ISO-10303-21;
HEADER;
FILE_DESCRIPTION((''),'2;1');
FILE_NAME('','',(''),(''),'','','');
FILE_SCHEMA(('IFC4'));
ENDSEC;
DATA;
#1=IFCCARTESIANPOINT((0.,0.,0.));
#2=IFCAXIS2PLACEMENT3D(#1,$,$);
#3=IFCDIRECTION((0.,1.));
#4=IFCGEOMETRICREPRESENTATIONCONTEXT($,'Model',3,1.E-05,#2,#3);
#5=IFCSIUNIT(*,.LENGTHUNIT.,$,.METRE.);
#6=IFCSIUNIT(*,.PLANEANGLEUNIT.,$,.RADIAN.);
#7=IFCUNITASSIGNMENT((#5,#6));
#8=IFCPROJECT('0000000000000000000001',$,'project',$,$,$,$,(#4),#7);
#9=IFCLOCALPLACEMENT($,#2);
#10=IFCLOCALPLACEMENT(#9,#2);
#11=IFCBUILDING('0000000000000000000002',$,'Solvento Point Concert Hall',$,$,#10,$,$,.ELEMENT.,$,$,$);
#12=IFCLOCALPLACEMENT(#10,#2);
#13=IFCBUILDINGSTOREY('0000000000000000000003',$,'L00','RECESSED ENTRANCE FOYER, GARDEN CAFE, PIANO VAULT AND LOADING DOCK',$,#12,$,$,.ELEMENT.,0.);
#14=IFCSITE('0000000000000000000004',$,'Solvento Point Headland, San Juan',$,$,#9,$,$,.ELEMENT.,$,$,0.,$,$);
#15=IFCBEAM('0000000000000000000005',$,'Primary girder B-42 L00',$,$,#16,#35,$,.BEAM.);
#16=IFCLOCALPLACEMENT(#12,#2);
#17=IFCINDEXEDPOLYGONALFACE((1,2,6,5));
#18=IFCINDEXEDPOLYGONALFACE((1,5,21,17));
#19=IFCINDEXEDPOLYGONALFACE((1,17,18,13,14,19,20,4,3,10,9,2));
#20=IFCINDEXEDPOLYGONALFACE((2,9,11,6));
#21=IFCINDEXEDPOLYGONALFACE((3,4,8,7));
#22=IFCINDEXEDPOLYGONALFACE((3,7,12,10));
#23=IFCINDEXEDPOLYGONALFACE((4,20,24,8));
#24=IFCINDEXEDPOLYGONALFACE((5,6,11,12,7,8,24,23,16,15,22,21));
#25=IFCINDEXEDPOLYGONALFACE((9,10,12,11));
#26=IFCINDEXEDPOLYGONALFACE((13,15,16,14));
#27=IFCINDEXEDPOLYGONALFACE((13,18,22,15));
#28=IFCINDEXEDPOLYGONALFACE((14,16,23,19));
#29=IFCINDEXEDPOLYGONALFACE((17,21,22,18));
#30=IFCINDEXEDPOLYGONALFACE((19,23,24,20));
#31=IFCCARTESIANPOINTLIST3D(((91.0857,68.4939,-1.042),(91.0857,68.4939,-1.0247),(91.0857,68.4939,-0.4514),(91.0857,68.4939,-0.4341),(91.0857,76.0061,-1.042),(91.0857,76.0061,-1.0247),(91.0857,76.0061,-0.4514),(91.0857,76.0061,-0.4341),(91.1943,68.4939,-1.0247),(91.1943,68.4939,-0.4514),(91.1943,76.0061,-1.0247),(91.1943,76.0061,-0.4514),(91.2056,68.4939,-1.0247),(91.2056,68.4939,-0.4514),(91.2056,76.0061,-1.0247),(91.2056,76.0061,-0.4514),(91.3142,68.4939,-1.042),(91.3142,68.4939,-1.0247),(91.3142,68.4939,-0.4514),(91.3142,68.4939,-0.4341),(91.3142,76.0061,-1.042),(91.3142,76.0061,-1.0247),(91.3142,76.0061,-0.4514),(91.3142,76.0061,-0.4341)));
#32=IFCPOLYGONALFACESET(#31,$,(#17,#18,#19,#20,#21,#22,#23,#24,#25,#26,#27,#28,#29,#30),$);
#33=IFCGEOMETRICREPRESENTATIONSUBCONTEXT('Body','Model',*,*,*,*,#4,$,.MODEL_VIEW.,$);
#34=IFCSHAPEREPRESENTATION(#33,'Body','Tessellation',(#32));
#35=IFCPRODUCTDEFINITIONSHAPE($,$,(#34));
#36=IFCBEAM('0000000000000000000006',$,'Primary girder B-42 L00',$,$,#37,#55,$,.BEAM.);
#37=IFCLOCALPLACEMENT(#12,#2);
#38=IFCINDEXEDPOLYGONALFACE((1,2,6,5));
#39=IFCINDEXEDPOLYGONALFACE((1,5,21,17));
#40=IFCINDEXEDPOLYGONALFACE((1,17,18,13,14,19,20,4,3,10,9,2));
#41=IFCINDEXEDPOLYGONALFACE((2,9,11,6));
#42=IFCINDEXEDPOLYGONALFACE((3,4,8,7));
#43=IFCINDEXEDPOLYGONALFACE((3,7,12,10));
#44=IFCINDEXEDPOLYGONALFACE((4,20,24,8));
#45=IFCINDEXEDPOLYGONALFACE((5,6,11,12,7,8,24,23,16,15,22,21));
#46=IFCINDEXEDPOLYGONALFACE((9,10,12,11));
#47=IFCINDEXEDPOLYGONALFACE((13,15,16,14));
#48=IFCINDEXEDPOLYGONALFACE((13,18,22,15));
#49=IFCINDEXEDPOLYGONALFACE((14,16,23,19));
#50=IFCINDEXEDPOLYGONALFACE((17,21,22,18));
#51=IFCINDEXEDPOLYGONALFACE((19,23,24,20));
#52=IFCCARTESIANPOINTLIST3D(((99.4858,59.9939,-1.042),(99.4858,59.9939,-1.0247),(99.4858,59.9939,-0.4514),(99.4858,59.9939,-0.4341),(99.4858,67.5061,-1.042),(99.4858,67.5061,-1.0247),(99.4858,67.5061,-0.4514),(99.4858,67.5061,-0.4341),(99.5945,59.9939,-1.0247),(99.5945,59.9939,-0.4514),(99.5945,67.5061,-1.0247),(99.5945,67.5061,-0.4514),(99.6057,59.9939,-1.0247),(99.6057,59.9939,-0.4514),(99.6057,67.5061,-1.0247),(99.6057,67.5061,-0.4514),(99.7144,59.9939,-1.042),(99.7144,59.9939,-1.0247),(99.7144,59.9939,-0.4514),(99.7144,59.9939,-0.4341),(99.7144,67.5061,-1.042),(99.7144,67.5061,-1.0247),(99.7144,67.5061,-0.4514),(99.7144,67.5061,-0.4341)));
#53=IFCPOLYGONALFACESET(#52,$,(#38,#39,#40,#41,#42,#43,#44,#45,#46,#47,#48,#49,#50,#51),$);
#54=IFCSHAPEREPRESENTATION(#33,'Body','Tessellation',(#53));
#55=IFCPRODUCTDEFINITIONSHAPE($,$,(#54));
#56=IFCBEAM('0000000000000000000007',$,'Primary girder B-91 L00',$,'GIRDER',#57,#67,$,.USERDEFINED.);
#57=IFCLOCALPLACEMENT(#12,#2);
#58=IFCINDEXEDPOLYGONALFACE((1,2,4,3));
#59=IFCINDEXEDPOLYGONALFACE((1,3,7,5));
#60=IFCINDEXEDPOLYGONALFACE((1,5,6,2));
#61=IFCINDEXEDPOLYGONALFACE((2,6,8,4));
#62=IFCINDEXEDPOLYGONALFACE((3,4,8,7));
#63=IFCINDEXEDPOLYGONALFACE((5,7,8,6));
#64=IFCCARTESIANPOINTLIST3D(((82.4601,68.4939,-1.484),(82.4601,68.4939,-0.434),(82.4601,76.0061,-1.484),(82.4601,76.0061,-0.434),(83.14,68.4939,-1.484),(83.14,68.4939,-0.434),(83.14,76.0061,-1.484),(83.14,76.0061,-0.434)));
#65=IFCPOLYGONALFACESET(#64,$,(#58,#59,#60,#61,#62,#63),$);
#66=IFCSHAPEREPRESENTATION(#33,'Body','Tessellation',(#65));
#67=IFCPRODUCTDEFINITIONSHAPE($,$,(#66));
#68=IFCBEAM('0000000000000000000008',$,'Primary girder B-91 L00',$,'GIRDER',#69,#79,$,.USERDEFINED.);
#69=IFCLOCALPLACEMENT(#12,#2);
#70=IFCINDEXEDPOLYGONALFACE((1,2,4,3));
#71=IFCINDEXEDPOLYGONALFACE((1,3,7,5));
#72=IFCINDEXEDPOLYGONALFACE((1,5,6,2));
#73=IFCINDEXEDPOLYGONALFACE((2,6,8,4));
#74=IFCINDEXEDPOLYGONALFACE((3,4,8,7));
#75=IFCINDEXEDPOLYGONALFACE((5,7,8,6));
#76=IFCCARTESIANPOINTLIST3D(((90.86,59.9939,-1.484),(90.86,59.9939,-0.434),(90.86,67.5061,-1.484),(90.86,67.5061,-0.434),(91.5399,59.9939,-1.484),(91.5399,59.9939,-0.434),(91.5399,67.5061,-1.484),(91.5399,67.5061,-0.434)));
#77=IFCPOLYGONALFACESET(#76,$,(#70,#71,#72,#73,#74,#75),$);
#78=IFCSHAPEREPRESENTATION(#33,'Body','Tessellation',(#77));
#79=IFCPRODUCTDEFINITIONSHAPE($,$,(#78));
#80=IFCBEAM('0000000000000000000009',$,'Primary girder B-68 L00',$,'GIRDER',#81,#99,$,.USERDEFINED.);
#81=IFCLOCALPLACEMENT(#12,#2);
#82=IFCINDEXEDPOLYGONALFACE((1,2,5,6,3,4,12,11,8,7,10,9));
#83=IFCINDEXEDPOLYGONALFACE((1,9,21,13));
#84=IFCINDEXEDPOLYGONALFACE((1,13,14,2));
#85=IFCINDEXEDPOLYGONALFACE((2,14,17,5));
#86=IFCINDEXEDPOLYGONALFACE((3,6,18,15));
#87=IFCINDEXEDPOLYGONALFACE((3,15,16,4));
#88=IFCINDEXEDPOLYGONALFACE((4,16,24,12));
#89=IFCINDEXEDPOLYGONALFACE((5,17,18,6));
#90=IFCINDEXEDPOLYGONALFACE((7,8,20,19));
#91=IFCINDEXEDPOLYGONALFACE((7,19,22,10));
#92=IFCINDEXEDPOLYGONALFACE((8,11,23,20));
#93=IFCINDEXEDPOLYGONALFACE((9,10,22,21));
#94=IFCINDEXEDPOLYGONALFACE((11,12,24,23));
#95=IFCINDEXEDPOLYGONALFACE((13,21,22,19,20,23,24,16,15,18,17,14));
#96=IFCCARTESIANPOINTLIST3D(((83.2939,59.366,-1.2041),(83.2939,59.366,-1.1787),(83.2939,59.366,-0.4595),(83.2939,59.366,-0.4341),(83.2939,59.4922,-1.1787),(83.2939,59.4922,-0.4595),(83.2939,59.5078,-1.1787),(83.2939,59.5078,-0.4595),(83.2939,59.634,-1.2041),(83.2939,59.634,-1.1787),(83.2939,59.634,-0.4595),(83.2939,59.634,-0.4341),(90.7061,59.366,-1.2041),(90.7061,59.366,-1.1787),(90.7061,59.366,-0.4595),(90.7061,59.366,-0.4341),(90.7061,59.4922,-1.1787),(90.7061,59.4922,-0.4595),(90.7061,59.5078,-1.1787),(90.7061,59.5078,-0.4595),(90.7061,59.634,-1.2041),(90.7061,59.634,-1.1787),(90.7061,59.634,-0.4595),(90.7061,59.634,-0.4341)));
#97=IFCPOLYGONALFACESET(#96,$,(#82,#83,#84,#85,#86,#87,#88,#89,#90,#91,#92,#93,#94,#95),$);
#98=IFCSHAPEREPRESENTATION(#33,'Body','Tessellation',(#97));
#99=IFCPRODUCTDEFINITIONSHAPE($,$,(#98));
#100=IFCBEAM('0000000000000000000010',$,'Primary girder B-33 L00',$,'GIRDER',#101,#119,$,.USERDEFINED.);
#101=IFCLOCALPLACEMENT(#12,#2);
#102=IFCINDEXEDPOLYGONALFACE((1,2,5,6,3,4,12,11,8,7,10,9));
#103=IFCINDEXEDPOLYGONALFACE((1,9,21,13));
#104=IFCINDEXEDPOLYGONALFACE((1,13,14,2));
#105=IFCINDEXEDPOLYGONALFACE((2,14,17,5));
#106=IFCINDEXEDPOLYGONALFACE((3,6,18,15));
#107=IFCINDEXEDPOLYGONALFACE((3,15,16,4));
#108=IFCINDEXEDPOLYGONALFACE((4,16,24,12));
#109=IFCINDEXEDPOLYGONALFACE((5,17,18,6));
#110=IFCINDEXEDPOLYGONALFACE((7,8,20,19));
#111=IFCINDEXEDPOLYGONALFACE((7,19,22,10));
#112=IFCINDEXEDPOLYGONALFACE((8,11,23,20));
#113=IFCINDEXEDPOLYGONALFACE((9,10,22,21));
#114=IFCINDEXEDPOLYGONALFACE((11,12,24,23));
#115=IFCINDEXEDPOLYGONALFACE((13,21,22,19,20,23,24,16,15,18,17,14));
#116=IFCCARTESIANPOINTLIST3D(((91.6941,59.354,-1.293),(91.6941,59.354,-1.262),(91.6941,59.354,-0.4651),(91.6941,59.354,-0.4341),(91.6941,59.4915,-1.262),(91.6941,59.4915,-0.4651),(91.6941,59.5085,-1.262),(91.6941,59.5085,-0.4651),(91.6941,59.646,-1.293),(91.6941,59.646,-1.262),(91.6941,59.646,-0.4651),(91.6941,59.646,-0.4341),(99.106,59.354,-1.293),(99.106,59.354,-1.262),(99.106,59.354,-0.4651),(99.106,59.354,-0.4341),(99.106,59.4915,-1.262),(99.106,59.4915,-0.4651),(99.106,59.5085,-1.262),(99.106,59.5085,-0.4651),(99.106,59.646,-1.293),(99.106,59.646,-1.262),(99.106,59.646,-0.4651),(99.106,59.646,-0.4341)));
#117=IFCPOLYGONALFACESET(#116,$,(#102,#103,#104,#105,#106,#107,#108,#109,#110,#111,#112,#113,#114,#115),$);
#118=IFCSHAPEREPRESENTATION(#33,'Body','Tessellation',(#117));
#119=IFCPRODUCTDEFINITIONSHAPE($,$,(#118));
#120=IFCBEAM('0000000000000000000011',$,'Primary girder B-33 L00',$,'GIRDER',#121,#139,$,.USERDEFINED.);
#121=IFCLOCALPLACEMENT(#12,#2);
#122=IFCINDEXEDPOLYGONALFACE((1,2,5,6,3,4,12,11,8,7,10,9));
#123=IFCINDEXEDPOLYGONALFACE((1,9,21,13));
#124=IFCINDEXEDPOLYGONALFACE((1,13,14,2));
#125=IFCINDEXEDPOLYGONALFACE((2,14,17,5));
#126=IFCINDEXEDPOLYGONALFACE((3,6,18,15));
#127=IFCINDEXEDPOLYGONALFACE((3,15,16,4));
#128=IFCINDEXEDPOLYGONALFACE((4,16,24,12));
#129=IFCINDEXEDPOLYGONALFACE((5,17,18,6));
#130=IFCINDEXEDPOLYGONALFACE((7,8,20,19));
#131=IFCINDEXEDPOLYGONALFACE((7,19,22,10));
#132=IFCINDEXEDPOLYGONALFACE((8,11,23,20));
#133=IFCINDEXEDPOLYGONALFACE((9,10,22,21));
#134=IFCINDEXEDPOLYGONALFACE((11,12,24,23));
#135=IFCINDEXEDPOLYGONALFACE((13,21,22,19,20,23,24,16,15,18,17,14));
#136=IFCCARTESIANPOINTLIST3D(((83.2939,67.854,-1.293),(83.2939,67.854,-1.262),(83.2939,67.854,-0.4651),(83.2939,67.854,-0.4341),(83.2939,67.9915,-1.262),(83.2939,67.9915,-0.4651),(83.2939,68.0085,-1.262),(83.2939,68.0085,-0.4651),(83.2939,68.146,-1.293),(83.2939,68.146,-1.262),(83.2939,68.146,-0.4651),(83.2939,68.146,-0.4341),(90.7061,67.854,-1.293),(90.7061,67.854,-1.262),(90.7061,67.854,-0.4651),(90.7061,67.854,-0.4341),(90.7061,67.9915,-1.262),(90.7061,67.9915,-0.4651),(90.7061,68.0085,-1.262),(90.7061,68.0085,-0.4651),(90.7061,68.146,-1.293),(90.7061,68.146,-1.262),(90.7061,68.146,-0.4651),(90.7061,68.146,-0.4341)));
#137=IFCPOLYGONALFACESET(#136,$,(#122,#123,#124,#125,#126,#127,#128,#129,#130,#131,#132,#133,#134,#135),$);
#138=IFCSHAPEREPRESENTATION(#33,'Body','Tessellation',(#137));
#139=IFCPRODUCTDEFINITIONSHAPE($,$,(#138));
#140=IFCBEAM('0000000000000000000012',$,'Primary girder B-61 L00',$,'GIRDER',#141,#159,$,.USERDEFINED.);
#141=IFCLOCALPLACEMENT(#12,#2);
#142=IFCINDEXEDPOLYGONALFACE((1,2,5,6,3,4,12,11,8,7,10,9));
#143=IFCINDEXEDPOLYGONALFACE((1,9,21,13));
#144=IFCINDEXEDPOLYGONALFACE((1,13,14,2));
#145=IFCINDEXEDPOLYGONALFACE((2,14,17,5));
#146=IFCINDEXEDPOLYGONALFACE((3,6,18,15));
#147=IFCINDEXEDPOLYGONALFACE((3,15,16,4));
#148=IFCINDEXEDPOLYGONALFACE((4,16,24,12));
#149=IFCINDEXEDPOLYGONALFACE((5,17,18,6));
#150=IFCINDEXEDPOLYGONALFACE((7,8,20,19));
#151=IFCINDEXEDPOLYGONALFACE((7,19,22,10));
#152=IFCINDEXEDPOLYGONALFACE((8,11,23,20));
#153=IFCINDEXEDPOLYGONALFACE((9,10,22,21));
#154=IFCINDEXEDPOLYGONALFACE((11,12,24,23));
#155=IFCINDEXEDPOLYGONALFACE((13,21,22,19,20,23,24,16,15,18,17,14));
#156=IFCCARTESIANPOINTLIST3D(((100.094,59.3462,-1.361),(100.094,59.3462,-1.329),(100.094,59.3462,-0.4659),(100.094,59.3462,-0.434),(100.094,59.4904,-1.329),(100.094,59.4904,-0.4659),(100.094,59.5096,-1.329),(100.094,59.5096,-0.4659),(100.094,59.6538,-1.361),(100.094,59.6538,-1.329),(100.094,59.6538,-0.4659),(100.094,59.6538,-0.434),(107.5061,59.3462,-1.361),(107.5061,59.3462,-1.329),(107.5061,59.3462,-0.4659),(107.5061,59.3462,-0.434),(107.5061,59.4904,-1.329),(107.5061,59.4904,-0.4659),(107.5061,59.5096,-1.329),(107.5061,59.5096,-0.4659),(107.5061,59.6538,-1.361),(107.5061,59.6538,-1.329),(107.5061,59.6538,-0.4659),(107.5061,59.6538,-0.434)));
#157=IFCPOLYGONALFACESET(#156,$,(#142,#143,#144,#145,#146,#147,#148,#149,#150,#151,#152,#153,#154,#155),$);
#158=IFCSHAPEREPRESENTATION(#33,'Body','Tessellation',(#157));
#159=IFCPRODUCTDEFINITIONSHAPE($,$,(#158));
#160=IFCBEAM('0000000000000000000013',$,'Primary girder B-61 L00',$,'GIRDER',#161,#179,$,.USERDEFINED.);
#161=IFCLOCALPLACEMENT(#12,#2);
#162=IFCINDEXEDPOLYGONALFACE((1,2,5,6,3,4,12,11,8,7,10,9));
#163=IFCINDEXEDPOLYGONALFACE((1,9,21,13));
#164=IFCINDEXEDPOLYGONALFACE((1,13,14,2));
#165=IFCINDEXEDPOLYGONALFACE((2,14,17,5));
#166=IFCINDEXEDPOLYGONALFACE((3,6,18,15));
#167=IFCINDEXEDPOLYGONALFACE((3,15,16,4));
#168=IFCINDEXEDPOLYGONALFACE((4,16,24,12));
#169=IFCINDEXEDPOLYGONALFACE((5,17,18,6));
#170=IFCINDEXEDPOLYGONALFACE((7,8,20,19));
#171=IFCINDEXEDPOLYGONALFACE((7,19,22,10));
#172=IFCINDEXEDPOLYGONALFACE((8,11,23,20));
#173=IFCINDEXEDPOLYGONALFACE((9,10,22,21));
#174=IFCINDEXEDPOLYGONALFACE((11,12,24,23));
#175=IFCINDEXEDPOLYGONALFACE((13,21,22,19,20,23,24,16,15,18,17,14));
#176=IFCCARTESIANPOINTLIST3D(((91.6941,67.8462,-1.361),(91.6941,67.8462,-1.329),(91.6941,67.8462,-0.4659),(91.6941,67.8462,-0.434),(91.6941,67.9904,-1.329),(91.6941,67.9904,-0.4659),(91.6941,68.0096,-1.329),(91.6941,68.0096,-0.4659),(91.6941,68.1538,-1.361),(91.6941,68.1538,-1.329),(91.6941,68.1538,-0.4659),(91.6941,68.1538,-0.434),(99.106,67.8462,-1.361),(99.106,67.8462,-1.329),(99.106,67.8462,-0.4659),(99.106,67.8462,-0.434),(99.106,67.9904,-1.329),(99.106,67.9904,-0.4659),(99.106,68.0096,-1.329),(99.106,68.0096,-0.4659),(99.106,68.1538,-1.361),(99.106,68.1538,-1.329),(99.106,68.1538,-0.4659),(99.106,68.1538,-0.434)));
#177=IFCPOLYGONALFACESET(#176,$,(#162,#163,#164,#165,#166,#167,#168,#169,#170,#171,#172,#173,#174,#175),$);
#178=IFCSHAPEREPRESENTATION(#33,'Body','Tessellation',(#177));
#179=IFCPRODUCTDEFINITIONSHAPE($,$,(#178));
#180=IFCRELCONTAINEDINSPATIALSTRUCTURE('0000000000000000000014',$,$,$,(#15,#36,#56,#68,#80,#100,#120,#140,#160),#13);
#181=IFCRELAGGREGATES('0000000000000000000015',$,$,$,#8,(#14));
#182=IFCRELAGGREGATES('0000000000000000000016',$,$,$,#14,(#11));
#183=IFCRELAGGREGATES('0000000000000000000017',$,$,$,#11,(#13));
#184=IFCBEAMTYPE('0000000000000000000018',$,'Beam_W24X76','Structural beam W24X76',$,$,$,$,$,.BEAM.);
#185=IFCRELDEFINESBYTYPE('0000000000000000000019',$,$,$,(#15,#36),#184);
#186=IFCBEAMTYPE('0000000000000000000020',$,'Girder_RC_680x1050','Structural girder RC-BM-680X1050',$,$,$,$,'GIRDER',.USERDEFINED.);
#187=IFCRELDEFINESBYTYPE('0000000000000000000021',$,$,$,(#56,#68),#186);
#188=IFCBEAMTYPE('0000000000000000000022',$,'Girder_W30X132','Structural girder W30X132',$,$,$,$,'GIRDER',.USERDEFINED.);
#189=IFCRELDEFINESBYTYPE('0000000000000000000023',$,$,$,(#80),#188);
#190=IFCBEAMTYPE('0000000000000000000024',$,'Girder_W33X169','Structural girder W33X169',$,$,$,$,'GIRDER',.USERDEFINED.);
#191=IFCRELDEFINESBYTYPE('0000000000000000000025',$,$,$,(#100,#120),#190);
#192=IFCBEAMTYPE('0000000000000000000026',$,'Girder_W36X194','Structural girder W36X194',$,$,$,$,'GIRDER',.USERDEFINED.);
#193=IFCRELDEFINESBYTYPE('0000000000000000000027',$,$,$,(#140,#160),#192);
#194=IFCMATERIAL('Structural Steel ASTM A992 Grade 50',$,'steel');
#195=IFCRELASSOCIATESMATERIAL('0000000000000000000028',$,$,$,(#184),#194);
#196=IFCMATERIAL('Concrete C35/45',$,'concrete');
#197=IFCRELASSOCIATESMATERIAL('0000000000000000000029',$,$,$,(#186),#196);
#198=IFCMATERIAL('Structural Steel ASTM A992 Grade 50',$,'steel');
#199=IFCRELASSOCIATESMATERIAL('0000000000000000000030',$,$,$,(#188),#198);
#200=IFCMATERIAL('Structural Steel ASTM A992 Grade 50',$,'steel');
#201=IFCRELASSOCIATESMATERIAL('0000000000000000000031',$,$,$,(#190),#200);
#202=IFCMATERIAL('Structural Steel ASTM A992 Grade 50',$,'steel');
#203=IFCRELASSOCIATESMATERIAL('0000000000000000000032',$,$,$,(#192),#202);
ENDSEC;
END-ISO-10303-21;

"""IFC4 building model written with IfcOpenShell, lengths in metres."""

from ifc_helpers import new_model, si_unit, direction, frame, origin, origin_2d, place, context, subcontext, project, spatial, rectangle, i_section, extrude, material, material_profile, profile_set, type_object, element, save


model = new_model("IFC4")

# Units and contexts
model_context = context("Model", 3, precision=1e-05, world=origin(), true_north=direction((0.0, 1.0)))
body_context = subcontext(model_context, "Body", "Model", "MODEL_VIEW")
ifc_project = project(units=[si_unit("LENGTHUNIT", "METRE"), si_unit("PLANEANGLEUNIT", "RADIAN")], contexts=[model_context])

# Site, building, storey
site_placement = place(None, origin())
site = spatial("IfcSite", under=ifc_project, at=site_placement, Name="Solvento Point Headland, San Juan", CompositionType="ELEMENT", RefElevation=0.0)
building_placement = place(site_placement, origin())
building = spatial("IfcBuilding", under=site, at=building_placement, Name="Solvento Point Concert Hall", CompositionType="ELEMENT")
storey_placement = place(building_placement, origin())
storey = spatial("IfcBuildingStorey", under=building, at=storey_placement, Name="L00", Description="RECESSED ENTRANCE FOYER, GARDEN CAFE, PIANO VAULT AND LOADING DOCK", CompositionType="ELEMENT", Elevation=0.0)

# Beams
ifc_material_1 = material(Name="Structural Steel ASTM A992 Grade 50", Category="steel")
ifc_material_profile_1 = material_profile(ifc_material_1, i_section(OverallWidth=0.2285, OverallDepth=0.6079, WebThickness=0.0112, FlangeThickness=0.0173, at=origin_2d()), Name="W24X76")
ifc_profile_set_1 = profile_set([ifc_material_profile_1], Name="Structural Steel ASTM A992 Grade 50")
beam_type_1 = type_object("IfcBeamType", Name="Beam_W24X76", Description="Structural beam W24X76", PredefinedType="BEAM", material=ifc_profile_set_1)
for number, where, z_axis, x_axis, name in (
    (1, (91.2, 68.4939, -0.738), (0.0, 1.0, 0.0), (-1.0, 0.0, 0.0), "Primary girder B-42 L00"),
    (2, (99.6001, 59.9939, -0.738), (0.0, 1.0, 0.0), (-1.0, 0.0, 0.0), "Primary girder B-42 L00"),
):
    element("IfcBeam", number, at=place(storey_placement, frame(where, z_axis=z_axis, x_axis=x_axis)), inside=storey, type_object=beam_type_1, Name=name, PredefinedType="BEAM", context=body_context, shape_type="SweptSolid", body=[
        extrude(i_section(OverallWidth=0.2285, OverallDepth=0.6079, WebThickness=0.0112, FlangeThickness=0.0173, at=origin_2d()), origin(), (0.0, 0.0, 1.0), 7.5122),
    ])
ifc_material_2 = material(Name="Concrete C35/45", Category="concrete")
ifc_material_profile_2 = material_profile(ifc_material_2, rectangle(XDim=0.6799, YDim=1.05, at=origin_2d()), Name="RC-BM-680X1050")
ifc_profile_set_2 = profile_set([ifc_material_profile_2], Name="Concrete C35/45")
beam_type_2 = type_object("IfcBeamType", Name="Girder_RC_680x1050", Description="Structural girder RC-BM-680X1050", ElementType="GIRDER", PredefinedType="USERDEFINED", material=ifc_profile_set_2)
for number, where, z_axis, x_axis, name in (
    (3, (82.8, 68.4939, -0.959), (0.0, 1.0, 0.0), (-1.0, 0.0, 0.0), "Primary girder B-91 L00"),
    (4, (91.2, 59.9939, -0.959), (0.0, 1.0, 0.0), (-1.0, 0.0, 0.0), "Primary girder B-91 L00"),
):
    element("IfcBeam", number, at=place(storey_placement, frame(where, z_axis=z_axis, x_axis=x_axis)), inside=storey, type_object=beam_type_2, Name=name, ObjectType="GIRDER", PredefinedType="USERDEFINED", context=body_context, shape_type="SweptSolid", body=[
        extrude(rectangle(XDim=0.6799, YDim=1.05, at=origin_2d()), origin(), (0.0, 0.0, 1.0), 7.5122),
    ])
ifc_material_3 = material(Name="Structural Steel ASTM A992 Grade 50", Category="steel")
ifc_material_profile_3 = material_profile(ifc_material_3, i_section(OverallWidth=0.2681, OverallDepth=0.77, WebThickness=0.0156, FlangeThickness=0.0254, at=origin_2d()), Name="W30X132")
ifc_profile_set_3 = profile_set([ifc_material_profile_3], Name="Structural Steel ASTM A992 Grade 50")
beam_type_3 = type_object("IfcBeamType", Name="Girder_W30X132", Description="Structural girder W30X132", ElementType="GIRDER", PredefinedType="USERDEFINED", material=ifc_profile_set_3)
beam_1_placement = place(storey_placement, frame((83.2939, 59.5, -0.8191), z_axis=(1.0, 0.0, 0.0), x_axis=(0.0, 1.0, 0.0)))
element("IfcBeam", 5, at=beam_1_placement, inside=storey, type_object=beam_type_3, Name="Primary girder B-68 L00", ObjectType="GIRDER", PredefinedType="USERDEFINED", context=body_context, shape_type="SweptSolid", body=[
    extrude(i_section(OverallWidth=0.2681, OverallDepth=0.77, WebThickness=0.0156, FlangeThickness=0.0254, at=origin_2d()), origin(), (0.0, 0.0, 1.0), 7.4121),
])
ifc_material_4 = material(Name="Structural Steel ASTM A992 Grade 50", Category="steel")
ifc_material_profile_4 = material_profile(ifc_material_4, i_section(OverallWidth=0.292, OverallDepth=0.8589, WebThickness=0.0171, FlangeThickness=0.031, at=origin_2d()), Name="W33X169")
ifc_profile_set_4 = profile_set([ifc_material_profile_4], Name="Structural Steel ASTM A992 Grade 50")
beam_type_4 = type_object("IfcBeamType", Name="Girder_W33X169", Description="Structural girder W33X169", ElementType="GIRDER", PredefinedType="USERDEFINED", material=ifc_profile_set_4)
beam_2_placement = place(storey_placement, frame((91.6941, 59.5, -0.8635), z_axis=(1.0, 0.0, 0.0), x_axis=(0.0, 1.0, 0.0)))
element("IfcBeam", 6, at=beam_2_placement, inside=storey, type_object=beam_type_4, Name="Primary girder B-33 L00", ObjectType="GIRDER", PredefinedType="USERDEFINED", context=body_context, shape_type="SweptSolid", body=[
    extrude(i_section(OverallWidth=0.292, OverallDepth=0.8589, WebThickness=0.0171, FlangeThickness=0.031, at=origin_2d()), origin(), (0.0, 0.0, 1.0), 7.4119),
])
beam_3_placement = place(storey_placement, frame((83.2939, 68.0, -0.8635), z_axis=(1.0, 0.0, 0.0), x_axis=(0.0, 1.0, 0.0)))
element("IfcBeam", 7, at=beam_3_placement, inside=storey, type_object=beam_type_4, Name="Primary girder B-33 L00", ObjectType="GIRDER", PredefinedType="USERDEFINED", context=body_context, shape_type="SweptSolid", body=[
    extrude(i_section(OverallWidth=0.292, OverallDepth=0.8589, WebThickness=0.0171, FlangeThickness=0.031, at=origin_2d()), origin(), (0.0, 0.0, 1.0), 7.4121),
])
ifc_material_5 = material(Name="Structural Steel ASTM A992 Grade 50", Category="steel")
ifc_material_profile_5 = material_profile(ifc_material_5, i_section(OverallWidth=0.3076, OverallDepth=0.927, WebThickness=0.0193, FlangeThickness=0.032, at=origin_2d()), Name="W36X194")
ifc_profile_set_5 = profile_set([ifc_material_profile_5], Name="Structural Steel ASTM A992 Grade 50")
beam_type_5 = type_object("IfcBeamType", Name="Girder_W36X194", Description="Structural girder W36X194", ElementType="GIRDER", PredefinedType="USERDEFINED", material=ifc_profile_set_5)
beam_4_placement = place(storey_placement, frame((100.094, 59.5, -0.8975), z_axis=(1.0, 0.0, 0.0), x_axis=(0.0, 1.0, 0.0)))
element("IfcBeam", 8, at=beam_4_placement, inside=storey, type_object=beam_type_5, Name="Primary girder B-61 L00", ObjectType="GIRDER", PredefinedType="USERDEFINED", context=body_context, shape_type="SweptSolid", body=[
    extrude(i_section(OverallWidth=0.3076, OverallDepth=0.927, WebThickness=0.0193, FlangeThickness=0.032, at=origin_2d()), origin(), (0.0, 0.0, 1.0), 7.4121),
])
beam_5_placement = place(storey_placement, frame((91.6941, 68.0, -0.8975), z_axis=(1.0, 0.0, 0.0), x_axis=(0.0, 1.0, 0.0)))
element("IfcBeam", 9, at=beam_5_placement, inside=storey, type_object=beam_type_5, Name="Primary girder B-61 L00", ObjectType="GIRDER", PredefinedType="USERDEFINED", context=body_context, shape_type="SweptSolid", body=[
    extrude(i_section(OverallWidth=0.3076, OverallDepth=0.927, WebThickness=0.0193, FlangeThickness=0.032, at=origin_2d()), origin(), (0.0, 0.0, 1.0), 7.4119),
])

save(model, "model.ifc")
